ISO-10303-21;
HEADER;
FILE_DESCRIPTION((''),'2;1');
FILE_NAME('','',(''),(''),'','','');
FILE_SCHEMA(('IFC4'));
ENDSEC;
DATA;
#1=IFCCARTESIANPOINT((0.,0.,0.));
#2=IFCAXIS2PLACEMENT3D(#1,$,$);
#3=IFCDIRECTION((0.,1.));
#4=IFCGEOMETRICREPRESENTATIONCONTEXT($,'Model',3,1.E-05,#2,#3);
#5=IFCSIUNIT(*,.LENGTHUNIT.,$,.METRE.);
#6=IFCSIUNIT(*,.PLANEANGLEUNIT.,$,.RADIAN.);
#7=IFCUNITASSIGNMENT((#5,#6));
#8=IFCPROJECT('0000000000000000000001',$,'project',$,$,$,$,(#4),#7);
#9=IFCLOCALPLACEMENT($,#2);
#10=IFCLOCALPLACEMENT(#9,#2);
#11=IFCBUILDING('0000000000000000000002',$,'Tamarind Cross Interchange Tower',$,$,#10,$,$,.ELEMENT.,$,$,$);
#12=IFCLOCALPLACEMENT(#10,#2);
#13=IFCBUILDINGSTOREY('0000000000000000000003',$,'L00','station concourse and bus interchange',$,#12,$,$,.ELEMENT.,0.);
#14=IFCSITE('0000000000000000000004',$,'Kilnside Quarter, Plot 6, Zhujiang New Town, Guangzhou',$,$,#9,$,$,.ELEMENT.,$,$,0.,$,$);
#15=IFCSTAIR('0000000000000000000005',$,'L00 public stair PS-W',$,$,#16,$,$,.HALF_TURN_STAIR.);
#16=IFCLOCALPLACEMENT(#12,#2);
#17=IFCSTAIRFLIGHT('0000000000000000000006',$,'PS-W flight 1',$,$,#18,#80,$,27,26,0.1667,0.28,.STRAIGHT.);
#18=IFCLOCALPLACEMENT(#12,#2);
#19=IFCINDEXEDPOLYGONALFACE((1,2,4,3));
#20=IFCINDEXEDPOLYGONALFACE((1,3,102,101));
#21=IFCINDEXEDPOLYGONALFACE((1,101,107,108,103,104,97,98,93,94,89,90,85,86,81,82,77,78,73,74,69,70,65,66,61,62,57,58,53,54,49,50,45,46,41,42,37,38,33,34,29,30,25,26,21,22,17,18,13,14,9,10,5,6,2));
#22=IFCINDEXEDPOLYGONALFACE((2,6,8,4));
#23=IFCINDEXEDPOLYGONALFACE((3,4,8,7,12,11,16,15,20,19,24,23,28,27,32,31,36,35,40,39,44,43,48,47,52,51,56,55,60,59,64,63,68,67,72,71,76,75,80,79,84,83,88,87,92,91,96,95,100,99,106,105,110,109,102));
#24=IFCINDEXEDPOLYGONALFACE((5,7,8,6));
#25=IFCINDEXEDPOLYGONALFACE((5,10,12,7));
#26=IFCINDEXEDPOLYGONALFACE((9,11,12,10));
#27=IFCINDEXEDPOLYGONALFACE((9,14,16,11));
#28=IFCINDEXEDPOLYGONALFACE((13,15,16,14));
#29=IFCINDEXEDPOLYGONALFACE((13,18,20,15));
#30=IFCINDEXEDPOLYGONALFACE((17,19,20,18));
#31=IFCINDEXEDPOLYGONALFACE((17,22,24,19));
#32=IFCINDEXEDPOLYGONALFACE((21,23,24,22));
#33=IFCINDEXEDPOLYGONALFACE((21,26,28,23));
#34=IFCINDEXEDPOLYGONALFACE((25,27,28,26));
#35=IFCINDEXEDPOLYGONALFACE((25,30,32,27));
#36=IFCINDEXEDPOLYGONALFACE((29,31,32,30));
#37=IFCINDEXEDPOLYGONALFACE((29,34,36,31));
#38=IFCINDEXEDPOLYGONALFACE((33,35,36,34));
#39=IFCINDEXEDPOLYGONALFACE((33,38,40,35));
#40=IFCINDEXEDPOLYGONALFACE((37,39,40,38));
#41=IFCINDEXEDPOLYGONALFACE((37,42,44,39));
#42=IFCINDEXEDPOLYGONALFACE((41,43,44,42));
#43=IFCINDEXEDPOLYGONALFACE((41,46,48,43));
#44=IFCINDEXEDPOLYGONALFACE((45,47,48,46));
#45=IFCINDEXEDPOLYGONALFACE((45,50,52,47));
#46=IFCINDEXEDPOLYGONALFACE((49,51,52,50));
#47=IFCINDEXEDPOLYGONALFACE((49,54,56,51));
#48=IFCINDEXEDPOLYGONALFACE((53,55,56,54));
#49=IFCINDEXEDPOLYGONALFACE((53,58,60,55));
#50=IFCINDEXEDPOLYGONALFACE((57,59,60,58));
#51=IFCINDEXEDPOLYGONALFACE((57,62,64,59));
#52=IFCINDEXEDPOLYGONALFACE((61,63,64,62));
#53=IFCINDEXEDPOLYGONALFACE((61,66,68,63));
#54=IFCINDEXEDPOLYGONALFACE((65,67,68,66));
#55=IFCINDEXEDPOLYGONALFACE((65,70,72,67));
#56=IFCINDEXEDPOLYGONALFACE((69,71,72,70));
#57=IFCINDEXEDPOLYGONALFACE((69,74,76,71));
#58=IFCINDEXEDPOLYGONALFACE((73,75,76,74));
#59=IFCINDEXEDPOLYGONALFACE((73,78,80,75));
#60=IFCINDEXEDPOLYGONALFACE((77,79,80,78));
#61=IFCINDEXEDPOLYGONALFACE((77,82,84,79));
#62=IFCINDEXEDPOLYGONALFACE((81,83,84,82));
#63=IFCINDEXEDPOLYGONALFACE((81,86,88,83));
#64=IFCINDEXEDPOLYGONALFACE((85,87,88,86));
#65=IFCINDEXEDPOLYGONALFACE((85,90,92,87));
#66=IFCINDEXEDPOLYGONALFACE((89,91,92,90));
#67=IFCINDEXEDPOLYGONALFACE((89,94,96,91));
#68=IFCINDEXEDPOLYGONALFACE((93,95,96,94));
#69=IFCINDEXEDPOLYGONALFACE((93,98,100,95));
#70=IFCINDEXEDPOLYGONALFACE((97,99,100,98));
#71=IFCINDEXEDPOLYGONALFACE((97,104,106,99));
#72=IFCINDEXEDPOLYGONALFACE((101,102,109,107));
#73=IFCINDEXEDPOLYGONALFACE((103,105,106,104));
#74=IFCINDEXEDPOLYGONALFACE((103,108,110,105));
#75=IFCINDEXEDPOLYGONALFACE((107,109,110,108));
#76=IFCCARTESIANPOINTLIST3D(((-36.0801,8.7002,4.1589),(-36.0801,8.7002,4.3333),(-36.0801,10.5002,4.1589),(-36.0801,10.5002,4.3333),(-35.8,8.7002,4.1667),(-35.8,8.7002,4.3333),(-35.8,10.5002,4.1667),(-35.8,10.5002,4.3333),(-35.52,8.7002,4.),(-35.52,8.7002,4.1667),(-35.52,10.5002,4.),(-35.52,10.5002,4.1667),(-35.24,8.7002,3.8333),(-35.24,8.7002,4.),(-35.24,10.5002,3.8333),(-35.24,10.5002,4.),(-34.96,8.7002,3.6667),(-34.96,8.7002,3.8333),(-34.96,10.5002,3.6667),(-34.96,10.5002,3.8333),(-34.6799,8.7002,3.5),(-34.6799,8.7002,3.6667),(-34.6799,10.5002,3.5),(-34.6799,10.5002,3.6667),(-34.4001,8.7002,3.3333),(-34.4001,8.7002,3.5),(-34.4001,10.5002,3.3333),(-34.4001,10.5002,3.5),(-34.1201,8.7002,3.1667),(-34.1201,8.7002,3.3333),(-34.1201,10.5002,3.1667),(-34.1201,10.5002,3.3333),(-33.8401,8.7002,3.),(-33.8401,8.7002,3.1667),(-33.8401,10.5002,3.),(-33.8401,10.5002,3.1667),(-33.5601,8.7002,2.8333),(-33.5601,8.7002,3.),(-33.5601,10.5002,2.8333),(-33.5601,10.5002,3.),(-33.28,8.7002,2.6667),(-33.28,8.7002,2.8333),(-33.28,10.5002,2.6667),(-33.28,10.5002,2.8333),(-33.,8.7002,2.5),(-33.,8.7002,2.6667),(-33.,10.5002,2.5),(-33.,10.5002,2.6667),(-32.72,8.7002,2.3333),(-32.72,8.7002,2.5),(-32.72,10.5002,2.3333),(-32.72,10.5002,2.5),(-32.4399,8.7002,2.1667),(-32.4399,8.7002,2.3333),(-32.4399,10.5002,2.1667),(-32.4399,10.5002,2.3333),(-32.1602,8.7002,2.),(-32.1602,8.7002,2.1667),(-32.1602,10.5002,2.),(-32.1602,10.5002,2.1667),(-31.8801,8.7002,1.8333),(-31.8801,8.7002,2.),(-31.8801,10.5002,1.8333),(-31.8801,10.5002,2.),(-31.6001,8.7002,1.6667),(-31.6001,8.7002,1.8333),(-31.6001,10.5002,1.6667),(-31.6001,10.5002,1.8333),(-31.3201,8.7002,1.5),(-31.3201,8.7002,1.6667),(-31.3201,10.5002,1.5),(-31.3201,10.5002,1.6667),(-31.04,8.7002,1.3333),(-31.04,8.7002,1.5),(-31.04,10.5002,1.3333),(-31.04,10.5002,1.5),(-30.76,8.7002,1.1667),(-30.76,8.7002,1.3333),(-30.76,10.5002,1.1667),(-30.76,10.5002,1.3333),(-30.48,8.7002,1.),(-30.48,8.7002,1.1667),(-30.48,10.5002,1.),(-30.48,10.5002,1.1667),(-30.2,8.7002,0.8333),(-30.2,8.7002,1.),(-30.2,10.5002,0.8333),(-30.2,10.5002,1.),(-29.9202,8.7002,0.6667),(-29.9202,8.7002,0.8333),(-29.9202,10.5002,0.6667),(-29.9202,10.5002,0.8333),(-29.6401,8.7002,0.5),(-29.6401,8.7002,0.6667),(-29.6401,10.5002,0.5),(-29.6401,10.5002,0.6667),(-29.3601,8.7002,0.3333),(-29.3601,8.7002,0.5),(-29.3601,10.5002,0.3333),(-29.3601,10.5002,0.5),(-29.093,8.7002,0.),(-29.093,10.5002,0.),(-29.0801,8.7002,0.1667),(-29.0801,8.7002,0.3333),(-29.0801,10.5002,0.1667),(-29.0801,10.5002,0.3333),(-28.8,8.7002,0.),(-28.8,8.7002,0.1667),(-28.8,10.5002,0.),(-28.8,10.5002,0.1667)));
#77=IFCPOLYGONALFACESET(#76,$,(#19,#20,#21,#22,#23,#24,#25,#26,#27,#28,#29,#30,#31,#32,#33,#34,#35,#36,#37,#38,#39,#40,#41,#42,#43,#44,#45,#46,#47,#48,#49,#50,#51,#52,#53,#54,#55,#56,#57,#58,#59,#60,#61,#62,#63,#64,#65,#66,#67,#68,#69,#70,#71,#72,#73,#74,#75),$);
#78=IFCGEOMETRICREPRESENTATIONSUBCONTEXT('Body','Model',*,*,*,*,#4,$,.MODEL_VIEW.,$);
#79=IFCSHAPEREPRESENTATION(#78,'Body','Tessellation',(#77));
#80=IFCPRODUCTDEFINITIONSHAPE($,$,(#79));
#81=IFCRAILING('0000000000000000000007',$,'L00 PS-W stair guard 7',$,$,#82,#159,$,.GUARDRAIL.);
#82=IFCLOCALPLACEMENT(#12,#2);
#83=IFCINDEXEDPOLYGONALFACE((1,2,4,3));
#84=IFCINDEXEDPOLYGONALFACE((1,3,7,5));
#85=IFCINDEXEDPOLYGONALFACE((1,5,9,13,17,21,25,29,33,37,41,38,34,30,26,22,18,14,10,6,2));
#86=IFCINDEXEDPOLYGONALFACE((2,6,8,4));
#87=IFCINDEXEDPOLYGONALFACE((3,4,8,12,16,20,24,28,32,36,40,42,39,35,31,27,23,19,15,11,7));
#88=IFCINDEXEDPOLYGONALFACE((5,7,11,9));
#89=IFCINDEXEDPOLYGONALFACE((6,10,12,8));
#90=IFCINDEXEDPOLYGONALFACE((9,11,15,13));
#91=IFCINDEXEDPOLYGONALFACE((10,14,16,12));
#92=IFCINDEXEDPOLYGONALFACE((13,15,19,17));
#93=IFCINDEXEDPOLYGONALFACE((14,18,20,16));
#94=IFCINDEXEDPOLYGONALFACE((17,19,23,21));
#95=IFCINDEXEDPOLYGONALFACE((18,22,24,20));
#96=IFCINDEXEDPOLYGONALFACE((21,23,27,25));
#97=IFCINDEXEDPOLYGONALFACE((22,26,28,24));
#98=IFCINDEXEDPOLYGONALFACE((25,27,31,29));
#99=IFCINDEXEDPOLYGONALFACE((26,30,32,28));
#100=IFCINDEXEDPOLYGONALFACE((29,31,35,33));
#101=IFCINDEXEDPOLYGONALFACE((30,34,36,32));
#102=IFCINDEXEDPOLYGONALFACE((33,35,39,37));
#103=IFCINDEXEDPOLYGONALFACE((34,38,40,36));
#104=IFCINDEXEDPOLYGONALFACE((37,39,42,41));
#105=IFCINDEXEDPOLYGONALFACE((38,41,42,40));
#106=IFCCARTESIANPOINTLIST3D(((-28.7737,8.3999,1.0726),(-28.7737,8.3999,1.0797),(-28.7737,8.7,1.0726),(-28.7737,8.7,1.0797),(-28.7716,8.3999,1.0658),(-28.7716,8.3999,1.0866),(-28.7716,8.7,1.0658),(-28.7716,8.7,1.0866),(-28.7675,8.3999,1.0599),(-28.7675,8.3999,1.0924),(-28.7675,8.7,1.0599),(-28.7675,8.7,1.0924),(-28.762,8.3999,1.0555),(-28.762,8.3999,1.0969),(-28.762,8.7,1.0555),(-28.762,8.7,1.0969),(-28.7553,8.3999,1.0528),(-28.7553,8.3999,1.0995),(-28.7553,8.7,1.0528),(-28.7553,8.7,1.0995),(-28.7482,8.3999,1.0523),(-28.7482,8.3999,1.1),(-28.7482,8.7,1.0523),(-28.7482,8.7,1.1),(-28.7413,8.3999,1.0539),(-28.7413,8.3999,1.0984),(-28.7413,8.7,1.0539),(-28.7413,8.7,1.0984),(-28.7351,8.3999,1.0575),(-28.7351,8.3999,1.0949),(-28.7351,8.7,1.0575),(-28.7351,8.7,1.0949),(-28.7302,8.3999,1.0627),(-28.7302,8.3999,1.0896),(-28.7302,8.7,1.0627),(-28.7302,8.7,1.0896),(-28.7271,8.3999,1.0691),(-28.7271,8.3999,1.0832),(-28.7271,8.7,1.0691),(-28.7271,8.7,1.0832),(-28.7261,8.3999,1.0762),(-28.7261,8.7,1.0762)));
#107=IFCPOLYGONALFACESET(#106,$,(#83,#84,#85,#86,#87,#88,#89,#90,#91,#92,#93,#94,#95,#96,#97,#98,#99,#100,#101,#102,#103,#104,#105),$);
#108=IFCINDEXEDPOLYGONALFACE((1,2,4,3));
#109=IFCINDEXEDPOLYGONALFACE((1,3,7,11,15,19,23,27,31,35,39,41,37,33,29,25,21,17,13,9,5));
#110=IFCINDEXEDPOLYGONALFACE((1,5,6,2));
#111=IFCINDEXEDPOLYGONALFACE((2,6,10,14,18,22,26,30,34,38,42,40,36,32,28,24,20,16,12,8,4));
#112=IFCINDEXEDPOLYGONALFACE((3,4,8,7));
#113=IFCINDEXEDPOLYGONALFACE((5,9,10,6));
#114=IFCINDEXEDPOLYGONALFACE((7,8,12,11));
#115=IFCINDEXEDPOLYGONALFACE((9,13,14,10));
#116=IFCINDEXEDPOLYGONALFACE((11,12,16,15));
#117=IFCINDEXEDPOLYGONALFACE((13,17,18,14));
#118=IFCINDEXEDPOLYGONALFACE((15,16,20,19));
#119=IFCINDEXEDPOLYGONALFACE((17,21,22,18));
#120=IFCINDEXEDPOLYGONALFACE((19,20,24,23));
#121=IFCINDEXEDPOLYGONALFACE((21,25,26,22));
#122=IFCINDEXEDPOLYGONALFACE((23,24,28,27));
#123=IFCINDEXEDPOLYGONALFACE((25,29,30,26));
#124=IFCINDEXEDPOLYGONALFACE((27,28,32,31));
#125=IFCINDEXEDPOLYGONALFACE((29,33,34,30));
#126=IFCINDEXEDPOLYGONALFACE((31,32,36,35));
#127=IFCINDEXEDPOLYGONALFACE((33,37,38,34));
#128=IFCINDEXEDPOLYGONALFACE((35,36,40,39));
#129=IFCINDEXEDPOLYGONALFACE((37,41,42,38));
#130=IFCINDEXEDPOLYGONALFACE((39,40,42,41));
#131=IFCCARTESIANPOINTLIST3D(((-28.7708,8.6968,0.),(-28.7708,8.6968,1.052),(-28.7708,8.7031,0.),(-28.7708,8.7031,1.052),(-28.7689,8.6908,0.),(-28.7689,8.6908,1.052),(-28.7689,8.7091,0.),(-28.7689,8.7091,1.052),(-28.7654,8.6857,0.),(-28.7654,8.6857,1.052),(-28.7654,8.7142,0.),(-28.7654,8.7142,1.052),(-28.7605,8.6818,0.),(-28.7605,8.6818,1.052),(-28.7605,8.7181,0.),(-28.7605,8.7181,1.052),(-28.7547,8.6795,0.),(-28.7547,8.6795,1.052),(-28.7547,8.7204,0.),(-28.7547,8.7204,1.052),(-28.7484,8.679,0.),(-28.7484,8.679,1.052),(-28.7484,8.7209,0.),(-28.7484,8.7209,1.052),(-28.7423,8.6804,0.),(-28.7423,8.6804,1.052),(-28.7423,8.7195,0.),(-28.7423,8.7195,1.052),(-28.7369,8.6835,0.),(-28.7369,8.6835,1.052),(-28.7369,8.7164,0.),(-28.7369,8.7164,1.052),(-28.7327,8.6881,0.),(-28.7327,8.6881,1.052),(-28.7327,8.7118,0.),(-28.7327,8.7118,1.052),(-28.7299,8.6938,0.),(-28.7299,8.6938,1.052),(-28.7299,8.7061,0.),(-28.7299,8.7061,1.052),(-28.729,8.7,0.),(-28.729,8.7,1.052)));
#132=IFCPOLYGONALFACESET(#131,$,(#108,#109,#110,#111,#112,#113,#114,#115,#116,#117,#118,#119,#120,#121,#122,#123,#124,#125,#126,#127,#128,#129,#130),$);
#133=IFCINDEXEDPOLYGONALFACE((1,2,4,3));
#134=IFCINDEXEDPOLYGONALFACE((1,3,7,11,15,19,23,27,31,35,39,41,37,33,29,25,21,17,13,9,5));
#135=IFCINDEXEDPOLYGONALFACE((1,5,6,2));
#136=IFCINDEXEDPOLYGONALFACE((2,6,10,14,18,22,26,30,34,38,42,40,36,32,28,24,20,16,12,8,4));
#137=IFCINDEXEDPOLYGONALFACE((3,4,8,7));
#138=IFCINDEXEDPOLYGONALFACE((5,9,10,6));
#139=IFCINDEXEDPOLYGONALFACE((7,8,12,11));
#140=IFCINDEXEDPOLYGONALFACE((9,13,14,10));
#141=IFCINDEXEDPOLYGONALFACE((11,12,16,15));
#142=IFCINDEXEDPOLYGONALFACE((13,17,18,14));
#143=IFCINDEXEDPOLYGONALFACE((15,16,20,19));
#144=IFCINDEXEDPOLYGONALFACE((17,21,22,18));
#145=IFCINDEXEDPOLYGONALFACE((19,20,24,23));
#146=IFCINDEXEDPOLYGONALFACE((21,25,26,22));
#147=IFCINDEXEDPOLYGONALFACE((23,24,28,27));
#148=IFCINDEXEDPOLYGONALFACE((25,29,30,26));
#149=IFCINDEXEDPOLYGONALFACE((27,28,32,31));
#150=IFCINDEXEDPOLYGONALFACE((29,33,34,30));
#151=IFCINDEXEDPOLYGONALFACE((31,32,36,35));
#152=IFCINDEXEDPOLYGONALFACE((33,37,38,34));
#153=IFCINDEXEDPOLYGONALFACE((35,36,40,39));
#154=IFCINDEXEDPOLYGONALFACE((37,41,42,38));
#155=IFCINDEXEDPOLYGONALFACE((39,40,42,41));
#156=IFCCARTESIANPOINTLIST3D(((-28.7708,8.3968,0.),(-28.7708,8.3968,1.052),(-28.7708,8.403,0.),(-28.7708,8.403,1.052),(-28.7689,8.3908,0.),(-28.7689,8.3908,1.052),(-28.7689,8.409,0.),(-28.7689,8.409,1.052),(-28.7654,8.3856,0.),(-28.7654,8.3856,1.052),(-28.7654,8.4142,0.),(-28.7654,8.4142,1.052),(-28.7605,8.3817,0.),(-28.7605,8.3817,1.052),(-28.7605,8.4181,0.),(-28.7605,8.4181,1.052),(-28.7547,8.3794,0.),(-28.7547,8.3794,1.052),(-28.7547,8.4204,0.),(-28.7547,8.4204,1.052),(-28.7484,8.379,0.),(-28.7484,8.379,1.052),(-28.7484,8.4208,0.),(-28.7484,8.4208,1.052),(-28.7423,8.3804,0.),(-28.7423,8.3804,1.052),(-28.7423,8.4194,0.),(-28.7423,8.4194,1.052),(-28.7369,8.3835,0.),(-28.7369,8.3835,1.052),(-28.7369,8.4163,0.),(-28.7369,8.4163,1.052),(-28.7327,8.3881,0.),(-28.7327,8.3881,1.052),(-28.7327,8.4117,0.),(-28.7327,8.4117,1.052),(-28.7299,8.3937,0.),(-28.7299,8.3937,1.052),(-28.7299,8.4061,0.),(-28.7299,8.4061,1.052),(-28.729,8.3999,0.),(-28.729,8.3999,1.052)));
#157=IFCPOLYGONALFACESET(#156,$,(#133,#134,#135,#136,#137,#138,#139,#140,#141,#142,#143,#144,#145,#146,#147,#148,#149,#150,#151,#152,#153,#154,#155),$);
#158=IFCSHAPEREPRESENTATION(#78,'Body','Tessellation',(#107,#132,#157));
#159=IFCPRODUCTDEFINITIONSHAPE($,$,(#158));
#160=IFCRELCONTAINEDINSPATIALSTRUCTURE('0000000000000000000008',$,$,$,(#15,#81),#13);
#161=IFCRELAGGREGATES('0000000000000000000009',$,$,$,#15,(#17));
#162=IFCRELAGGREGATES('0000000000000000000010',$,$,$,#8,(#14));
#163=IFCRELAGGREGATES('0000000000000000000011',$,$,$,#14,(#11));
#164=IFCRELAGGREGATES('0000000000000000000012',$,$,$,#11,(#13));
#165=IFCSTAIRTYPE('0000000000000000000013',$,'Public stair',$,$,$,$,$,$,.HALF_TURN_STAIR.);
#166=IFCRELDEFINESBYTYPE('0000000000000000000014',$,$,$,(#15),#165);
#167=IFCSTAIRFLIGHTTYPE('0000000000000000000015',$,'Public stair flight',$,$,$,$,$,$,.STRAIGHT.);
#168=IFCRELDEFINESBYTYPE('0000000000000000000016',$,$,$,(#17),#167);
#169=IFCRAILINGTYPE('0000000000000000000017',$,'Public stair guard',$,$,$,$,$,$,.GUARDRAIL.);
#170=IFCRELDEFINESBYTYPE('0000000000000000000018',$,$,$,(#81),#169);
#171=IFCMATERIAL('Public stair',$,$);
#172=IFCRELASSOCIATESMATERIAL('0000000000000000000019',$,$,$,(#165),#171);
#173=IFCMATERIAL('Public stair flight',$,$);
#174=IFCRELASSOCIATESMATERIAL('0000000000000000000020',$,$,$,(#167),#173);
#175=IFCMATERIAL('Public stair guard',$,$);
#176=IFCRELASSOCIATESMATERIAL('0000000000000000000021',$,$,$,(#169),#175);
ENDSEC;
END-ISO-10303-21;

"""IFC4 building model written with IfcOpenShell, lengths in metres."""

from ifc_helpers import new_model, si_unit, direction, frame, origin, origin_2d, place, context, subcontext, project, spatial, polyline, circle, outline, extrude, material, type_object, element, aggregate, save


model = new_model("IFC4")

# Units and contexts
model_context = context("Model", 3, precision=1e-05, world=origin(), true_north=direction((0.0, 1.0)))
body_context = subcontext(model_context, "Body", "Model", "MODEL_VIEW")
ifc_project = project(units=[si_unit("LENGTHUNIT", "METRE"), si_unit("PLANEANGLEUNIT", "RADIAN")], contexts=[model_context])

# Site, building, storey
site_placement = place(None, origin())
site = spatial("IfcSite", under=ifc_project, at=site_placement, Name="Kilnside Quarter, Plot 6, Zhujiang New Town, Guangzhou", CompositionType="ELEMENT", RefElevation=0.0)
building_placement = place(site_placement, origin())
building = spatial("IfcBuilding", under=site, at=building_placement, Name="Tamarind Cross Interchange Tower", CompositionType="ELEMENT")
storey_placement = place(building_placement, origin())
storey = spatial("IfcBuildingStorey", under=building, at=storey_placement, Name="L00", Description="station concourse and bus interchange", CompositionType="ELEMENT", Elevation=0.0)

# Stair, stair flight
ifc_material_1 = material(Name="Public stair")
stair_type = type_object("IfcStairType", Name="Public stair", PredefinedType="HALF_TURN_STAIR", material=ifc_material_1)
stair_placement = place(storey_placement, origin())
stair = element("IfcStair", 1, at=stair_placement, inside=storey, type_object=stair_type, Name="L00 public stair PS-W", PredefinedType="HALF_TURN_STAIR")
ifc_material_2 = material(Name="Public stair flight")
stair_flight_type = type_object("IfcStairFlightType", Name="Public stair flight", PredefinedType="STRAIGHT", material=ifc_material_2)
stair_flight_placement = place(storey_placement, frame((-28.8, 9.6001, 0.0), z_axis=(0.0, 0.0, 1.0), x_axis=(-1.0, 0.0, 0.0)))
stair_flight = element("IfcStairFlight", 2, at=stair_flight_placement, type_object=stair_flight_type, Name="PS-W flight 1", NumberOfRisers=27, NumberOfTreads=26, PredefinedType="STRAIGHT", RiserHeight=0.1667, TreadLength=0.28, context=body_context, shape_type="SweptSolid", body=[
    extrude(outline(polyline([(0.0, 0.0), (0.0, 0.1667), (0.28, 0.1667), (0.28, 0.3333), (0.5601, 0.3333), (0.5601, 0.5), (0.8401, 0.5), (0.8401, 0.6667), (1.1201, 0.6667), (1.1201, 0.8333), (1.3999, 0.8333), (1.3999, 1.0), (1.6799, 1.0), (1.6799, 1.1667), (1.96, 1.1667), (1.96, 1.3333), (2.24, 1.3333), (2.24, 1.5), (2.52, 1.5), (2.52, 1.6667), (2.8, 1.6667), (2.8, 1.8333), (3.0801, 1.8333), (3.0801, 2.0), (3.3601, 2.0), (3.3601, 2.1667), (3.6399, 2.1667), (3.6399, 2.3333), (3.9199, 2.3333), (3.9199, 2.5), (4.2, 2.5), (4.2, 2.6667), (4.48, 2.6667), (4.48, 2.8333), (4.76, 2.8333), (4.76, 3.0), (5.04, 3.0), (5.04, 3.1667), (5.3201, 3.1667), (5.3201, 3.3333), (5.6001, 3.3333), (5.6001, 3.5), (5.8799, 3.5), (5.8799, 3.6667), (6.1599, 3.6667), (6.1599, 3.8333), (6.4399, 3.8333), (6.4399, 4.0), (6.72, 4.0), (6.72, 4.1667), (7.0, 4.1667), (7.0, 4.3333), (7.28, 4.3333), (7.28, 4.5), (7.28, 4.1589), (0.293, 0.0), (0.0, 0.0)])), frame((0.0, 0.8999, 0.0), z_axis=(0.0, -1.0, 0.0), x_axis=(1.0, 0.0, 0.0)), (0.0, 0.0, 1.0), 1.8),
])
aggregate(stair, [stair_flight])

# Railing
ifc_material_3 = material(Name="Public stair guard")
railing_type_1 = type_object("IfcRailingType", Name="Public stair guard", PredefinedType="GUARDRAIL", material=ifc_material_3)
railing_1_placement = place(storey_placement, frame((-28.75, 8.7, 0.0)))
element("IfcRailing", 3, at=railing_1_placement, inside=storey, type_object=railing_type_1, Name="L00 PS-W stair guard 7", PredefinedType="GUARDRAIL", context=body_context, shape_type="SweptSolid", body=[
    extrude(circle(Radius=0.0239, at=origin_2d()), frame((0.0, 0.0, 1.0762), z_axis=(0.0, -1.0, 0.0), x_axis=(1.0, 0.0, 0.0)), (0.0, 0.0, 1.0), 0.3),
    extrude(circle(Radius=0.021, at=origin_2d()), origin(), (0.0, 0.0, 1.0), 1.052),
    extrude(circle(Radius=0.021, at=origin_2d()), frame((0.0, -0.3, 0.0)), (0.0, 0.0, 1.0), 1.052),
])

save(model, "model.ifc")
